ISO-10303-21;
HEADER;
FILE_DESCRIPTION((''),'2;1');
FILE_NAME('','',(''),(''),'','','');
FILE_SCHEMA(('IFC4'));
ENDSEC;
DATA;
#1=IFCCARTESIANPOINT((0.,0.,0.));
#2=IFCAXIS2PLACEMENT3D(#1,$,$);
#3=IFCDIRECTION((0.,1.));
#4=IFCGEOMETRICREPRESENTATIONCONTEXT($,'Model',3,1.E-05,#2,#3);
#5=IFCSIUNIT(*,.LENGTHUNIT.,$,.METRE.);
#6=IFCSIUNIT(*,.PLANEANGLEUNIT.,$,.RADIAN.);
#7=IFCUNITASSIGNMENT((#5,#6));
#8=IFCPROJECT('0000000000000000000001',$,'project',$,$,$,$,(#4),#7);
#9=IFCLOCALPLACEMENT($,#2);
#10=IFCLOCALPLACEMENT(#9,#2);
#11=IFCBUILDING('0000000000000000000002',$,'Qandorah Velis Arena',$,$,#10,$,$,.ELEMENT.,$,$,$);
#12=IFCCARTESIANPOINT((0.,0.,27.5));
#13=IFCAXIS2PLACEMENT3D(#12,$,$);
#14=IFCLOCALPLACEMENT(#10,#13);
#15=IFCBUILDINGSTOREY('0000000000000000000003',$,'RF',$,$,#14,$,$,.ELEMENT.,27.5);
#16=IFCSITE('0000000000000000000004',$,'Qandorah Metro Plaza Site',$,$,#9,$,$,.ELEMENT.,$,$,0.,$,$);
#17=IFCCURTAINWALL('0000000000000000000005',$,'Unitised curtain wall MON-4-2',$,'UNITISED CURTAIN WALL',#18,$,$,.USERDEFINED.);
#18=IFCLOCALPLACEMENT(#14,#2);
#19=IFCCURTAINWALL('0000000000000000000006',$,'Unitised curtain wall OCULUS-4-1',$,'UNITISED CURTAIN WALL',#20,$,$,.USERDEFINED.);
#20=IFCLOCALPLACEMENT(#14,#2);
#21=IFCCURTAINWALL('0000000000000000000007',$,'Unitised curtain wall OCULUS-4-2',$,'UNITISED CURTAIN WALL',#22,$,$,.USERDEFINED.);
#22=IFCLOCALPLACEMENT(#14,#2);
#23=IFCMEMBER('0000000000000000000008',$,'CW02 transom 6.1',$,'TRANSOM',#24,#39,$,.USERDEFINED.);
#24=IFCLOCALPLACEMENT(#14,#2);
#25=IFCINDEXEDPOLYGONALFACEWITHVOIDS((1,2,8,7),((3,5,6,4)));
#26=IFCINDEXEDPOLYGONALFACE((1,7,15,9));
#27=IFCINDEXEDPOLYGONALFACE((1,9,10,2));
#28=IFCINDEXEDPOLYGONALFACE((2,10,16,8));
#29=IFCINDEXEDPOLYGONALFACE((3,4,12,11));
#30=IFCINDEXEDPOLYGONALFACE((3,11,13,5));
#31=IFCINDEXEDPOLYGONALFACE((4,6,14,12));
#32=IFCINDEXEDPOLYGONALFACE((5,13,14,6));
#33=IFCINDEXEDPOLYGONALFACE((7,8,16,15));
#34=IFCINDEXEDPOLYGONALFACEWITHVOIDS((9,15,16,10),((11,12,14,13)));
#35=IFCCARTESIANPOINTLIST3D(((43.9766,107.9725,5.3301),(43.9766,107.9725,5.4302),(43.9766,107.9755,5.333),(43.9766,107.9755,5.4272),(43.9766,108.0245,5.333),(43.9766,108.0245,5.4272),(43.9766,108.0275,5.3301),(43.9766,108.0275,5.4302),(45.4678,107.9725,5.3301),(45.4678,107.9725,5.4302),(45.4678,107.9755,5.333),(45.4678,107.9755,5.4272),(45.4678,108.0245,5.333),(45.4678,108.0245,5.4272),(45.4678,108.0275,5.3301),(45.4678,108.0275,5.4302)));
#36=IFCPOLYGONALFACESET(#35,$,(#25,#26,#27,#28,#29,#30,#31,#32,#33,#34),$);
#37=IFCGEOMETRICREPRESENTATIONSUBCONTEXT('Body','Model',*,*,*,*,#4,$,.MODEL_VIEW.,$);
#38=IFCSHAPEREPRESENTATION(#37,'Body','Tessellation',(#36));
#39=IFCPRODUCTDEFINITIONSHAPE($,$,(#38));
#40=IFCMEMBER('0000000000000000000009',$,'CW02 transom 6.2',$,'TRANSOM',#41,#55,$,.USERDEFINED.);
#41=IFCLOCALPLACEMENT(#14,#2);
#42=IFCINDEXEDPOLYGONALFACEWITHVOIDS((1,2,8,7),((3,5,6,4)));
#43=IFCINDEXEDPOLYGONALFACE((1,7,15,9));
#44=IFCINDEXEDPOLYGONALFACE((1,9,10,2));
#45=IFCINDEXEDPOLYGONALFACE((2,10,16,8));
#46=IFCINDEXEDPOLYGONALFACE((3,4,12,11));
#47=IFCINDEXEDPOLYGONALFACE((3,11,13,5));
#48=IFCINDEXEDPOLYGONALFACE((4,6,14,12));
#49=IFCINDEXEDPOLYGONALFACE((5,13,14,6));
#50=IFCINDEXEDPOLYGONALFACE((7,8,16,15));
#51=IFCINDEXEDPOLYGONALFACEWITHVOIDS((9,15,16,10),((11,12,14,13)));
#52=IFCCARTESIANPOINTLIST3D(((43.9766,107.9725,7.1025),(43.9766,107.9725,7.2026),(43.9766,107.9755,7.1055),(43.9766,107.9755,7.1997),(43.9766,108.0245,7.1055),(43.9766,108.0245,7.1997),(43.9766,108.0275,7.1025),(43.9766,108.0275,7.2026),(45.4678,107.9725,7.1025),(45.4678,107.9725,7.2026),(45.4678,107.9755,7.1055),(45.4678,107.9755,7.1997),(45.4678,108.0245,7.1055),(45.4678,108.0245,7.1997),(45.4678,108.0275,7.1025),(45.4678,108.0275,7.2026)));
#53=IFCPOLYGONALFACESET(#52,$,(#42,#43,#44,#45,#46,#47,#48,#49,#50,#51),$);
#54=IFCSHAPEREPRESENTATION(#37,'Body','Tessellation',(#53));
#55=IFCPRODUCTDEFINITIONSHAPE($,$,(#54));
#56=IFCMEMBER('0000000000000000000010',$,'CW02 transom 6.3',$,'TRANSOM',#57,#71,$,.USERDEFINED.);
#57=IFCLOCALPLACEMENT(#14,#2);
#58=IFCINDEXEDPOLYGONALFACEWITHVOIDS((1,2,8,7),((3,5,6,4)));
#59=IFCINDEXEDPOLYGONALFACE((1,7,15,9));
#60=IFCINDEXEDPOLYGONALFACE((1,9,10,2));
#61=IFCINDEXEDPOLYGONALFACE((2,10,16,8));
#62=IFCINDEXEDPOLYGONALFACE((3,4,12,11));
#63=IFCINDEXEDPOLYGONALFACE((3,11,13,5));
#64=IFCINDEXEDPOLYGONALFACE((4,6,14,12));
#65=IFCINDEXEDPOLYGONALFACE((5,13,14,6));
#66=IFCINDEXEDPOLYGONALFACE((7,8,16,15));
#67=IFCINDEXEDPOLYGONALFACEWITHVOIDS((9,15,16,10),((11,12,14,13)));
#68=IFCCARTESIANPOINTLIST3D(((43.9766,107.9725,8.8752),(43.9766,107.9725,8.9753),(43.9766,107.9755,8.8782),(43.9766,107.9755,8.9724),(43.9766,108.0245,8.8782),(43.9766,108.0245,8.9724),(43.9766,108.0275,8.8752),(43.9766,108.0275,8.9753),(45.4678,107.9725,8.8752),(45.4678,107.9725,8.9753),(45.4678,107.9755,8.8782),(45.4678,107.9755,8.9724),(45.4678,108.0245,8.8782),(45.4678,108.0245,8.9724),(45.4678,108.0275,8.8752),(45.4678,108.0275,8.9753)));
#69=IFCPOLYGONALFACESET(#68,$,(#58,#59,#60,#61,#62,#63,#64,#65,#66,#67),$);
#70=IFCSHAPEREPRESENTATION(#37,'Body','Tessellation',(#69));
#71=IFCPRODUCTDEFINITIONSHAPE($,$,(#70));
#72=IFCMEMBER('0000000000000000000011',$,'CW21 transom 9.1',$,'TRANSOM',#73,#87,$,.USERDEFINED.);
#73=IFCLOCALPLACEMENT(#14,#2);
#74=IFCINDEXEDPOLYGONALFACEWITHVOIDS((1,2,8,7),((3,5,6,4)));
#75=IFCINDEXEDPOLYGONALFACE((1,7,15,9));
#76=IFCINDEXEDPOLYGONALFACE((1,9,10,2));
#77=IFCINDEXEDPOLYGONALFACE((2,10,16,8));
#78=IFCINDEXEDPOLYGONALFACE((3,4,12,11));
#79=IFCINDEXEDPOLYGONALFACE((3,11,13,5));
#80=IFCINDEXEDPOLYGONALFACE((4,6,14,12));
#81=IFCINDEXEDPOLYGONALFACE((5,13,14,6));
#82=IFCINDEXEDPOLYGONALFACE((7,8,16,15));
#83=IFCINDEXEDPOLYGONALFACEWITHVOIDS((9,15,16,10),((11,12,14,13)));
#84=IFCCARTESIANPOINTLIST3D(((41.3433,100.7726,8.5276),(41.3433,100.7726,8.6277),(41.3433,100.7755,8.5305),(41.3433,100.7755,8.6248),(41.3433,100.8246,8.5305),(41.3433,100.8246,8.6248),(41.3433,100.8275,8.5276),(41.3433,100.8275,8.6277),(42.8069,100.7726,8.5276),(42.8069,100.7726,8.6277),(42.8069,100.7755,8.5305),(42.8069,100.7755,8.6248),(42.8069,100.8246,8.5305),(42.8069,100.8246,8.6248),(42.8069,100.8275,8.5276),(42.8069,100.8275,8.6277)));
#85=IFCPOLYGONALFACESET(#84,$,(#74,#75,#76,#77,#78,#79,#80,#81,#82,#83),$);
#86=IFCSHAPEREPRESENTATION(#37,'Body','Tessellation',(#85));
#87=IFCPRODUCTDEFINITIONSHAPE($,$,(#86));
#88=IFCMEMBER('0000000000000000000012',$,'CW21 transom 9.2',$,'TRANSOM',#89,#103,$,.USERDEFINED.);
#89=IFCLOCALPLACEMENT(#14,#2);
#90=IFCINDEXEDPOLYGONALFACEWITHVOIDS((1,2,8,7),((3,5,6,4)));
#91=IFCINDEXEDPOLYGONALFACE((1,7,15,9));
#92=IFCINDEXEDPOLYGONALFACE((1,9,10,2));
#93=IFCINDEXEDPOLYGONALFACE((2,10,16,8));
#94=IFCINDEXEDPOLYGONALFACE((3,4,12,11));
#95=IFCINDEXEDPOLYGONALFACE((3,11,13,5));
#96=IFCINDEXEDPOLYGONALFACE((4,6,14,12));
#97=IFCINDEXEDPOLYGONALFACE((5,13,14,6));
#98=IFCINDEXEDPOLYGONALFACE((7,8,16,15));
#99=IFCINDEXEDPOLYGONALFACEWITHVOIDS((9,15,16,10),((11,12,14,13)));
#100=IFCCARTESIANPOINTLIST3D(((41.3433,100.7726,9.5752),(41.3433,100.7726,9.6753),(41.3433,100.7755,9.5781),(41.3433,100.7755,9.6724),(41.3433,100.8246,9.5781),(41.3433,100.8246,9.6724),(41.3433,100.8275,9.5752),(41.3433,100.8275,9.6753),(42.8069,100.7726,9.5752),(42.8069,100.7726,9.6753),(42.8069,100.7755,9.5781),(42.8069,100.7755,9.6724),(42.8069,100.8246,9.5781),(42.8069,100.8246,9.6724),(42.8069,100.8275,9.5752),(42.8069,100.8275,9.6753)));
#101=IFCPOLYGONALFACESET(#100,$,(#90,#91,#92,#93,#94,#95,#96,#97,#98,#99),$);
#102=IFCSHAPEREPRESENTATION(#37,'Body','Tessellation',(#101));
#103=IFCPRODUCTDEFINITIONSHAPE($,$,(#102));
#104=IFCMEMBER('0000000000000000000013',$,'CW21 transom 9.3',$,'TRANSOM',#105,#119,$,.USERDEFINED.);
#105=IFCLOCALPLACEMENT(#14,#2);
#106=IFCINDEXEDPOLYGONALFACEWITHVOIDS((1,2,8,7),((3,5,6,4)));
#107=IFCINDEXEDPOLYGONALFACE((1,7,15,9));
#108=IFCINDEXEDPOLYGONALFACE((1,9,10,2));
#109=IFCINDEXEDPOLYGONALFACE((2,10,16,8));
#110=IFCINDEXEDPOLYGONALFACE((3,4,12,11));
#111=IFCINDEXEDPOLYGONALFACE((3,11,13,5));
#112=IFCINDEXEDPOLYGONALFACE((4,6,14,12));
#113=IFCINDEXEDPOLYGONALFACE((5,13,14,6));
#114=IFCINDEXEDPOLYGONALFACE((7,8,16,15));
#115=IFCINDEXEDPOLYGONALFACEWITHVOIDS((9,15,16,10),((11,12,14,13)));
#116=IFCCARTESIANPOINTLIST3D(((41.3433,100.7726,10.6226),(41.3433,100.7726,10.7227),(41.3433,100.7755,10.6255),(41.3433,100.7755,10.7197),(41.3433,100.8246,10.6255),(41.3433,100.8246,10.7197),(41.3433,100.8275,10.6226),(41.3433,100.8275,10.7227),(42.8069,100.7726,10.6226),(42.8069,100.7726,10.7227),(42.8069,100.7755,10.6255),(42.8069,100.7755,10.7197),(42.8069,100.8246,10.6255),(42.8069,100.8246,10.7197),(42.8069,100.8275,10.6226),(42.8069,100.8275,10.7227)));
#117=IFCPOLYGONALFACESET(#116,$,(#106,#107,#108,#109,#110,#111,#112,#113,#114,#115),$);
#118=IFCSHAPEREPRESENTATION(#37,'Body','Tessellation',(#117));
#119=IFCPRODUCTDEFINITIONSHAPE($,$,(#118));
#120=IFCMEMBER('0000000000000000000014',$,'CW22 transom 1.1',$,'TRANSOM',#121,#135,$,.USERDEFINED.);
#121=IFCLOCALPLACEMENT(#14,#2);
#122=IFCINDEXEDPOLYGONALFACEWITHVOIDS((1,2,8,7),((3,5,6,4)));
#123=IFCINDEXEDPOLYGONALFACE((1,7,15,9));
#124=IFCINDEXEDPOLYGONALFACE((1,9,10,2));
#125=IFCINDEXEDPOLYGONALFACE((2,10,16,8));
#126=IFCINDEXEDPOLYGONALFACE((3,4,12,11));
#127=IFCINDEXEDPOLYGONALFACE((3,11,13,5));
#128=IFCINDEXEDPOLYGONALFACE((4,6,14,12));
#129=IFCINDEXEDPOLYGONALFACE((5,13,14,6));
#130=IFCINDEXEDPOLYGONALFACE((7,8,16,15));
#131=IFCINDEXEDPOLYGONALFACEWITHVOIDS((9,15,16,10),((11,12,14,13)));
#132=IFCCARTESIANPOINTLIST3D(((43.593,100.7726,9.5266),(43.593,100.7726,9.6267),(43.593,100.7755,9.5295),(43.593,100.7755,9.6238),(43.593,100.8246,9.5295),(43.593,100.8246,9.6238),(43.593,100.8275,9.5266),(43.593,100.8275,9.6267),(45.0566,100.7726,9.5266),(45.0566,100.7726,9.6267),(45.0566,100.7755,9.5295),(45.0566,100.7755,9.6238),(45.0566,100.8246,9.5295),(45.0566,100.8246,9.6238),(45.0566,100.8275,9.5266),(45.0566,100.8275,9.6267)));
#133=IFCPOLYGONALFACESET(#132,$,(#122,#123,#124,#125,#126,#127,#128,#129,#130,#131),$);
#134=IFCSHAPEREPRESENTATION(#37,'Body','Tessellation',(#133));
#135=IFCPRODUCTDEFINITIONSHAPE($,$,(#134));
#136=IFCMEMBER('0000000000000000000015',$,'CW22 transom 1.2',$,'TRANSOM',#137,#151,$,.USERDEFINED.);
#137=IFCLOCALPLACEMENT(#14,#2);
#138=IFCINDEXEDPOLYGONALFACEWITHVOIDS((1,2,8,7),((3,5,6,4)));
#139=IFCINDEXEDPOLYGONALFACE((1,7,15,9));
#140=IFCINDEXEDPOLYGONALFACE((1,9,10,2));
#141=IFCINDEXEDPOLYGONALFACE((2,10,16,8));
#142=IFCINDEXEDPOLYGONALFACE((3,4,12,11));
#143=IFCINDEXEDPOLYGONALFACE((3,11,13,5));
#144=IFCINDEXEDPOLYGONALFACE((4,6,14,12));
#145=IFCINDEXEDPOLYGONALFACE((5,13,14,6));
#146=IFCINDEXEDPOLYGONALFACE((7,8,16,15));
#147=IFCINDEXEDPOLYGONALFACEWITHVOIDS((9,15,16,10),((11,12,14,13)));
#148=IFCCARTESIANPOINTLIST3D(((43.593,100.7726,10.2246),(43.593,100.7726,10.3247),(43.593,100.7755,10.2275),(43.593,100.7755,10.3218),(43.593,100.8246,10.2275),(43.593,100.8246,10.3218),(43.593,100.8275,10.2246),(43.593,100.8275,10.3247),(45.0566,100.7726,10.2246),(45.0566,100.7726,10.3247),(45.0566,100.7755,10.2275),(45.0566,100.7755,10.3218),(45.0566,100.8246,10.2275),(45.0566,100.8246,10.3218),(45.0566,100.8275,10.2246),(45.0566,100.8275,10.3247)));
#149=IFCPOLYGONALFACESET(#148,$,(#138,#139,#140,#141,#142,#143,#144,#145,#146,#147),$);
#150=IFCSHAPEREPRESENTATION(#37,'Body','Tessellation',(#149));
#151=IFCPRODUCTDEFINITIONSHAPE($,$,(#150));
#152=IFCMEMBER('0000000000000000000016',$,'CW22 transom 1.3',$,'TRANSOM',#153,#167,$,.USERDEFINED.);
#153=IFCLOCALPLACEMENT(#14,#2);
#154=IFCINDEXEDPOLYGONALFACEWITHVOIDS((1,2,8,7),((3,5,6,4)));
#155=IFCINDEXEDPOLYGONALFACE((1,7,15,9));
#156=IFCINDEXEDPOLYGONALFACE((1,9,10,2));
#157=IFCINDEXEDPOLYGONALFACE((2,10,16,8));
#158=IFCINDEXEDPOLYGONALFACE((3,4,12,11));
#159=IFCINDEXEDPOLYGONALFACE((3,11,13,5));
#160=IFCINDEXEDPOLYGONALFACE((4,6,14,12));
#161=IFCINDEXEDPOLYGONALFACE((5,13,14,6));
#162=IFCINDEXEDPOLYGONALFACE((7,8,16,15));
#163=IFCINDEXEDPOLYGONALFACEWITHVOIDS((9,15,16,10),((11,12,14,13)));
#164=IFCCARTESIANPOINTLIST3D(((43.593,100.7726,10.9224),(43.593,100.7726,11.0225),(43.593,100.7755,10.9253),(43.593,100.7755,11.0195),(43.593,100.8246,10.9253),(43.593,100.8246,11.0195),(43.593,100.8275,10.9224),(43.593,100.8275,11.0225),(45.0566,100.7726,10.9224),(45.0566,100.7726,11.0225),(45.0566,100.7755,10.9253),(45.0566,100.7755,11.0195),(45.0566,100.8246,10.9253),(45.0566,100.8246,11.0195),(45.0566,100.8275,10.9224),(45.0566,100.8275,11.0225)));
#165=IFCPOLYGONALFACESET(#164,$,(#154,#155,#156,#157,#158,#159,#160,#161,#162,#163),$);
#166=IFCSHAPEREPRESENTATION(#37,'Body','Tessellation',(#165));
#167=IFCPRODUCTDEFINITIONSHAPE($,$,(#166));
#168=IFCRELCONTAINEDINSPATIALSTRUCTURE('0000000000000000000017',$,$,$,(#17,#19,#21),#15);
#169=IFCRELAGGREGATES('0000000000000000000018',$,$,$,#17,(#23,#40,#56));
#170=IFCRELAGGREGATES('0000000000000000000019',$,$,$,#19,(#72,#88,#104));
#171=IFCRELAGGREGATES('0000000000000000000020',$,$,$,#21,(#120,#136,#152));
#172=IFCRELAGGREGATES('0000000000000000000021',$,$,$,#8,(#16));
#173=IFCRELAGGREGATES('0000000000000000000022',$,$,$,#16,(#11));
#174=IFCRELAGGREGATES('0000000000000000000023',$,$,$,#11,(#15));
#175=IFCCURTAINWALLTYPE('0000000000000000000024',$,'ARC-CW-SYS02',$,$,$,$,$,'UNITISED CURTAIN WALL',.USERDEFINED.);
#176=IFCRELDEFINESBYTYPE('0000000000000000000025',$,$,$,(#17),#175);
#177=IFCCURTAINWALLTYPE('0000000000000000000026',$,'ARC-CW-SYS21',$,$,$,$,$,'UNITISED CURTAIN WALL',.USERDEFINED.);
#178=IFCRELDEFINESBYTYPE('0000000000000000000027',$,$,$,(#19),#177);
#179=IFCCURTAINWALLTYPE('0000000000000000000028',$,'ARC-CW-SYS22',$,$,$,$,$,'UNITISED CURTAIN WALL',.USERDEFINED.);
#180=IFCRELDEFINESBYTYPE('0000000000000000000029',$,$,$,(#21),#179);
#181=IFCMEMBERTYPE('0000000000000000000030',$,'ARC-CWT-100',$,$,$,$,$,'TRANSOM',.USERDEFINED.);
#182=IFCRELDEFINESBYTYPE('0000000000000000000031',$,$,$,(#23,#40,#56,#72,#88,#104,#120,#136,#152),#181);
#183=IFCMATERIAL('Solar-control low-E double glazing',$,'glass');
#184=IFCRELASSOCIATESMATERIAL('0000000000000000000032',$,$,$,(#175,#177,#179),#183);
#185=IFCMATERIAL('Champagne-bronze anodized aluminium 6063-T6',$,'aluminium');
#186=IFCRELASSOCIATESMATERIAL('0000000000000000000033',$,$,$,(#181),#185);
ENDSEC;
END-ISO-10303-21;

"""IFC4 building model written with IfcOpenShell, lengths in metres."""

from ifc_helpers import new_model, si_unit, direction, frame, origin, origin_2d, place, context, subcontext, project, spatial, hollow_rectangle, extrude, material, material_profile, profile_set, type_object, element, aggregate, save


model = new_model("IFC4")

# Units and contexts
model_context = context("Model", 3, precision=1e-05, world=origin(), true_north=direction((0.0, 1.0)))
body_context = subcontext(model_context, "Body", "Model", "MODEL_VIEW")
ifc_project = project(units=[si_unit("LENGTHUNIT", "METRE"), si_unit("PLANEANGLEUNIT", "RADIAN")], contexts=[model_context])

# Site, building, storey
site_placement = place(None, origin())
site = spatial("IfcSite", under=ifc_project, at=site_placement, Name="Qandorah Metro Plaza Site", CompositionType="ELEMENT", RefElevation=0.0)
building_placement = place(site_placement, origin())
building = spatial("IfcBuilding", under=site, at=building_placement, Name="Qandorah Velis Arena", CompositionType="ELEMENT")
storey_placement = place(building_placement, frame((0.0, 0.0, 27.5)))
storey = spatial("IfcBuildingStorey", under=building, at=storey_placement, Name="RF", CompositionType="ELEMENT", Elevation=27.5)

# Curtain wall
ifc_material_1 = material(Name="Solar-control low-E double glazing", Category="glass")
curtain_wall_type_1 = type_object("IfcCurtainWallType", Name="ARC-CW-SYS02", ElementType="UNITISED CURTAIN WALL", PredefinedType="USERDEFINED", material=ifc_material_1)
curtain_wall_1_placement = place(storey_placement, origin())
curtain_wall_1 = element("IfcCurtainWall", 1, at=curtain_wall_1_placement, inside=storey, type_object=curtain_wall_type_1, Name="Unitised curtain wall MON-4-2", ObjectType="UNITISED CURTAIN WALL", PredefinedType="USERDEFINED")
ifc_material_2 = material(Name="Champagne-bronze anodized aluminium 6063-T6", Category="aluminium")

# Curtain walls
curtain_wall_type_2 = type_object("IfcCurtainWallType", Name="ARC-CW-SYS21", ElementType="UNITISED CURTAIN WALL", PredefinedType="USERDEFINED", material=ifc_material_1)
curtain_wall_2_placement = place(storey_placement, origin())
curtain_wall_2 = element("IfcCurtainWall", 2, at=curtain_wall_2_placement, inside=storey, type_object=curtain_wall_type_2, Name="Unitised curtain wall OCULUS-4-1", ObjectType="UNITISED CURTAIN WALL", PredefinedType="USERDEFINED")
curtain_wall_type_3 = type_object("IfcCurtainWallType", Name="ARC-CW-SYS22", ElementType="UNITISED CURTAIN WALL", PredefinedType="USERDEFINED", material=ifc_material_1)
curtain_wall_3_placement = place(storey_placement, origin())
curtain_wall_3 = element("IfcCurtainWall", 3, at=curtain_wall_3_placement, inside=storey, type_object=curtain_wall_type_3, Name="Unitised curtain wall OCULUS-4-2", ObjectType="UNITISED CURTAIN WALL", PredefinedType="USERDEFINED")

# Members
ifc_material_profile_1 = material_profile(ifc_material_2, hollow_rectangle(XDim=0.0549, YDim=0.1001, WallThickness=0.0029, at=origin_2d()), Name="ALU TRANSOM 55x100")
ifc_profile_set_1 = profile_set([ifc_material_profile_1], Name="Champagne-bronze anodized aluminium 6063-T6")
member_type_1 = type_object("IfcMemberType", Name="ARC-CWT-100", ElementType="TRANSOM", PredefinedType="USERDEFINED", material=ifc_profile_set_1)
member_1_placement = place(storey_placement, frame((43.9766, 108.0, 5.3801), z_axis=(1.0, 0.0, 0.0), x_axis=(0.0, 1.0, 0.0)))
member_1 = element("IfcMember", 4, at=member_1_placement, type_object=member_type_1, Name="CW02 transom 6.1", ObjectType="TRANSOM", PredefinedType="USERDEFINED", context=body_context, shape_type="SweptSolid", body=[
    extrude(hollow_rectangle(XDim=0.0549, YDim=0.1001, WallThickness=0.0029, at=origin_2d()), origin(), (0.0, 0.0, 1.0), 1.4912),
])
member_2_placement = place(storey_placement, frame((43.9766, 108.0, 7.1526), z_axis=(1.0, 0.0, 0.0), x_axis=(0.0, 1.0, 0.0)))
member_2 = element("IfcMember", 5, at=member_2_placement, type_object=member_type_1, Name="CW02 transom 6.2", ObjectType="TRANSOM", PredefinedType="USERDEFINED", context=body_context, shape_type="SweptSolid", body=[
    extrude(hollow_rectangle(XDim=0.0549, YDim=0.1001, WallThickness=0.0029, at=origin_2d()), origin(), (0.0, 0.0, 1.0), 1.4912),
])
member_3_placement = place(storey_placement, frame((43.9766, 108.0, 8.9253), z_axis=(1.0, 0.0, 0.0), x_axis=(0.0, 1.0, 0.0)))
member_3 = element("IfcMember", 6, at=member_3_placement, type_object=member_type_1, Name="CW02 transom 6.3", ObjectType="TRANSOM", PredefinedType="USERDEFINED", context=body_context, shape_type="SweptSolid", body=[
    extrude(hollow_rectangle(XDim=0.0549, YDim=0.1001, WallThickness=0.0029, at=origin_2d()), origin(), (0.0, 0.0, 1.0), 1.4912),
])
member_4_placement = place(storey_placement, frame((41.3433, 100.8, 8.5776), z_axis=(1.0, 0.0, 0.0), x_axis=(0.0, 1.0, 0.0)))
member_4 = element("IfcMember", 7, at=member_4_placement, type_object=member_type_1, Name="CW21 transom 9.1", ObjectType="TRANSOM", PredefinedType="USERDEFINED", context=body_context, shape_type="SweptSolid", body=[
    extrude(hollow_rectangle(XDim=0.0549, YDim=0.1001, WallThickness=0.0029, at=origin_2d()), origin(), (0.0, 0.0, 1.0), 1.4636),
])
member_5_placement = place(storey_placement, frame((41.3433, 100.8, 9.6252), z_axis=(1.0, 0.0, 0.0), x_axis=(0.0, 1.0, 0.0)))
member_5 = element("IfcMember", 8, at=member_5_placement, type_object=member_type_1, Name="CW21 transom 9.2", ObjectType="TRANSOM", PredefinedType="USERDEFINED", context=body_context, shape_type="SweptSolid", body=[
    extrude(hollow_rectangle(XDim=0.0549, YDim=0.1001, WallThickness=0.0029, at=origin_2d()), origin(), (0.0, 0.0, 1.0), 1.4636),
])
member_6_placement = place(storey_placement, frame((41.3433, 100.8, 10.6726), z_axis=(1.0, 0.0, 0.0), x_axis=(0.0, 1.0, 0.0)))
member_6 = element("IfcMember", 9, at=member_6_placement, type_object=member_type_1, Name="CW21 transom 9.3", ObjectType="TRANSOM", PredefinedType="USERDEFINED", context=body_context, shape_type="SweptSolid", body=[
    extrude(hollow_rectangle(XDim=0.0549, YDim=0.1001, WallThickness=0.0029, at=origin_2d()), origin(), (0.0, 0.0, 1.0), 1.4636),
])
member_7_placement = place(storey_placement, frame((43.593, 100.8, 9.5767), z_axis=(1.0, 0.0, 0.0), x_axis=(0.0, 1.0, 0.0)))
member_7 = element("IfcMember", 10, at=member_7_placement, type_object=member_type_1, Name="CW22 transom 1.1", ObjectType="TRANSOM", PredefinedType="USERDEFINED", context=body_context, shape_type="SweptSolid", body=[
    extrude(hollow_rectangle(XDim=0.0549, YDim=0.1001, WallThickness=0.0029, at=origin_2d()), origin(), (0.0, 0.0, 1.0), 1.4636),
])
member_8_placement = place(storey_placement, frame((43.593, 100.8, 10.2747), z_axis=(1.0, 0.0, 0.0), x_axis=(0.0, 1.0, 0.0)))
member_8 = element("IfcMember", 11, at=member_8_placement, type_object=member_type_1, Name="CW22 transom 1.2", ObjectType="TRANSOM", PredefinedType="USERDEFINED", context=body_context, shape_type="SweptSolid", body=[
    extrude(hollow_rectangle(XDim=0.0549, YDim=0.1001, WallThickness=0.0029, at=origin_2d()), origin(), (0.0, 0.0, 1.0), 1.4636),
])
member_9_placement = place(storey_placement, frame((43.593, 100.8, 10.9724), z_axis=(1.0, 0.0, 0.0), x_axis=(0.0, 1.0, 0.0)))
member_9 = element("IfcMember", 12, at=member_9_placement, type_object=member_type_1, Name="CW22 transom 1.3", ObjectType="TRANSOM", PredefinedType="USERDEFINED", context=body_context, shape_type="SweptSolid", body=[
    extrude(hollow_rectangle(XDim=0.0549, YDim=0.1001, WallThickness=0.0029, at=origin_2d()), origin(), (0.0, 0.0, 1.0), 1.4636),
])

aggregate(curtain_wall_1, [member_1, member_2, member_3])
aggregate(curtain_wall_2, [member_4, member_5, member_6])
aggregate(curtain_wall_3, [member_7, member_8, member_9])

save(model, "model.ifc")
